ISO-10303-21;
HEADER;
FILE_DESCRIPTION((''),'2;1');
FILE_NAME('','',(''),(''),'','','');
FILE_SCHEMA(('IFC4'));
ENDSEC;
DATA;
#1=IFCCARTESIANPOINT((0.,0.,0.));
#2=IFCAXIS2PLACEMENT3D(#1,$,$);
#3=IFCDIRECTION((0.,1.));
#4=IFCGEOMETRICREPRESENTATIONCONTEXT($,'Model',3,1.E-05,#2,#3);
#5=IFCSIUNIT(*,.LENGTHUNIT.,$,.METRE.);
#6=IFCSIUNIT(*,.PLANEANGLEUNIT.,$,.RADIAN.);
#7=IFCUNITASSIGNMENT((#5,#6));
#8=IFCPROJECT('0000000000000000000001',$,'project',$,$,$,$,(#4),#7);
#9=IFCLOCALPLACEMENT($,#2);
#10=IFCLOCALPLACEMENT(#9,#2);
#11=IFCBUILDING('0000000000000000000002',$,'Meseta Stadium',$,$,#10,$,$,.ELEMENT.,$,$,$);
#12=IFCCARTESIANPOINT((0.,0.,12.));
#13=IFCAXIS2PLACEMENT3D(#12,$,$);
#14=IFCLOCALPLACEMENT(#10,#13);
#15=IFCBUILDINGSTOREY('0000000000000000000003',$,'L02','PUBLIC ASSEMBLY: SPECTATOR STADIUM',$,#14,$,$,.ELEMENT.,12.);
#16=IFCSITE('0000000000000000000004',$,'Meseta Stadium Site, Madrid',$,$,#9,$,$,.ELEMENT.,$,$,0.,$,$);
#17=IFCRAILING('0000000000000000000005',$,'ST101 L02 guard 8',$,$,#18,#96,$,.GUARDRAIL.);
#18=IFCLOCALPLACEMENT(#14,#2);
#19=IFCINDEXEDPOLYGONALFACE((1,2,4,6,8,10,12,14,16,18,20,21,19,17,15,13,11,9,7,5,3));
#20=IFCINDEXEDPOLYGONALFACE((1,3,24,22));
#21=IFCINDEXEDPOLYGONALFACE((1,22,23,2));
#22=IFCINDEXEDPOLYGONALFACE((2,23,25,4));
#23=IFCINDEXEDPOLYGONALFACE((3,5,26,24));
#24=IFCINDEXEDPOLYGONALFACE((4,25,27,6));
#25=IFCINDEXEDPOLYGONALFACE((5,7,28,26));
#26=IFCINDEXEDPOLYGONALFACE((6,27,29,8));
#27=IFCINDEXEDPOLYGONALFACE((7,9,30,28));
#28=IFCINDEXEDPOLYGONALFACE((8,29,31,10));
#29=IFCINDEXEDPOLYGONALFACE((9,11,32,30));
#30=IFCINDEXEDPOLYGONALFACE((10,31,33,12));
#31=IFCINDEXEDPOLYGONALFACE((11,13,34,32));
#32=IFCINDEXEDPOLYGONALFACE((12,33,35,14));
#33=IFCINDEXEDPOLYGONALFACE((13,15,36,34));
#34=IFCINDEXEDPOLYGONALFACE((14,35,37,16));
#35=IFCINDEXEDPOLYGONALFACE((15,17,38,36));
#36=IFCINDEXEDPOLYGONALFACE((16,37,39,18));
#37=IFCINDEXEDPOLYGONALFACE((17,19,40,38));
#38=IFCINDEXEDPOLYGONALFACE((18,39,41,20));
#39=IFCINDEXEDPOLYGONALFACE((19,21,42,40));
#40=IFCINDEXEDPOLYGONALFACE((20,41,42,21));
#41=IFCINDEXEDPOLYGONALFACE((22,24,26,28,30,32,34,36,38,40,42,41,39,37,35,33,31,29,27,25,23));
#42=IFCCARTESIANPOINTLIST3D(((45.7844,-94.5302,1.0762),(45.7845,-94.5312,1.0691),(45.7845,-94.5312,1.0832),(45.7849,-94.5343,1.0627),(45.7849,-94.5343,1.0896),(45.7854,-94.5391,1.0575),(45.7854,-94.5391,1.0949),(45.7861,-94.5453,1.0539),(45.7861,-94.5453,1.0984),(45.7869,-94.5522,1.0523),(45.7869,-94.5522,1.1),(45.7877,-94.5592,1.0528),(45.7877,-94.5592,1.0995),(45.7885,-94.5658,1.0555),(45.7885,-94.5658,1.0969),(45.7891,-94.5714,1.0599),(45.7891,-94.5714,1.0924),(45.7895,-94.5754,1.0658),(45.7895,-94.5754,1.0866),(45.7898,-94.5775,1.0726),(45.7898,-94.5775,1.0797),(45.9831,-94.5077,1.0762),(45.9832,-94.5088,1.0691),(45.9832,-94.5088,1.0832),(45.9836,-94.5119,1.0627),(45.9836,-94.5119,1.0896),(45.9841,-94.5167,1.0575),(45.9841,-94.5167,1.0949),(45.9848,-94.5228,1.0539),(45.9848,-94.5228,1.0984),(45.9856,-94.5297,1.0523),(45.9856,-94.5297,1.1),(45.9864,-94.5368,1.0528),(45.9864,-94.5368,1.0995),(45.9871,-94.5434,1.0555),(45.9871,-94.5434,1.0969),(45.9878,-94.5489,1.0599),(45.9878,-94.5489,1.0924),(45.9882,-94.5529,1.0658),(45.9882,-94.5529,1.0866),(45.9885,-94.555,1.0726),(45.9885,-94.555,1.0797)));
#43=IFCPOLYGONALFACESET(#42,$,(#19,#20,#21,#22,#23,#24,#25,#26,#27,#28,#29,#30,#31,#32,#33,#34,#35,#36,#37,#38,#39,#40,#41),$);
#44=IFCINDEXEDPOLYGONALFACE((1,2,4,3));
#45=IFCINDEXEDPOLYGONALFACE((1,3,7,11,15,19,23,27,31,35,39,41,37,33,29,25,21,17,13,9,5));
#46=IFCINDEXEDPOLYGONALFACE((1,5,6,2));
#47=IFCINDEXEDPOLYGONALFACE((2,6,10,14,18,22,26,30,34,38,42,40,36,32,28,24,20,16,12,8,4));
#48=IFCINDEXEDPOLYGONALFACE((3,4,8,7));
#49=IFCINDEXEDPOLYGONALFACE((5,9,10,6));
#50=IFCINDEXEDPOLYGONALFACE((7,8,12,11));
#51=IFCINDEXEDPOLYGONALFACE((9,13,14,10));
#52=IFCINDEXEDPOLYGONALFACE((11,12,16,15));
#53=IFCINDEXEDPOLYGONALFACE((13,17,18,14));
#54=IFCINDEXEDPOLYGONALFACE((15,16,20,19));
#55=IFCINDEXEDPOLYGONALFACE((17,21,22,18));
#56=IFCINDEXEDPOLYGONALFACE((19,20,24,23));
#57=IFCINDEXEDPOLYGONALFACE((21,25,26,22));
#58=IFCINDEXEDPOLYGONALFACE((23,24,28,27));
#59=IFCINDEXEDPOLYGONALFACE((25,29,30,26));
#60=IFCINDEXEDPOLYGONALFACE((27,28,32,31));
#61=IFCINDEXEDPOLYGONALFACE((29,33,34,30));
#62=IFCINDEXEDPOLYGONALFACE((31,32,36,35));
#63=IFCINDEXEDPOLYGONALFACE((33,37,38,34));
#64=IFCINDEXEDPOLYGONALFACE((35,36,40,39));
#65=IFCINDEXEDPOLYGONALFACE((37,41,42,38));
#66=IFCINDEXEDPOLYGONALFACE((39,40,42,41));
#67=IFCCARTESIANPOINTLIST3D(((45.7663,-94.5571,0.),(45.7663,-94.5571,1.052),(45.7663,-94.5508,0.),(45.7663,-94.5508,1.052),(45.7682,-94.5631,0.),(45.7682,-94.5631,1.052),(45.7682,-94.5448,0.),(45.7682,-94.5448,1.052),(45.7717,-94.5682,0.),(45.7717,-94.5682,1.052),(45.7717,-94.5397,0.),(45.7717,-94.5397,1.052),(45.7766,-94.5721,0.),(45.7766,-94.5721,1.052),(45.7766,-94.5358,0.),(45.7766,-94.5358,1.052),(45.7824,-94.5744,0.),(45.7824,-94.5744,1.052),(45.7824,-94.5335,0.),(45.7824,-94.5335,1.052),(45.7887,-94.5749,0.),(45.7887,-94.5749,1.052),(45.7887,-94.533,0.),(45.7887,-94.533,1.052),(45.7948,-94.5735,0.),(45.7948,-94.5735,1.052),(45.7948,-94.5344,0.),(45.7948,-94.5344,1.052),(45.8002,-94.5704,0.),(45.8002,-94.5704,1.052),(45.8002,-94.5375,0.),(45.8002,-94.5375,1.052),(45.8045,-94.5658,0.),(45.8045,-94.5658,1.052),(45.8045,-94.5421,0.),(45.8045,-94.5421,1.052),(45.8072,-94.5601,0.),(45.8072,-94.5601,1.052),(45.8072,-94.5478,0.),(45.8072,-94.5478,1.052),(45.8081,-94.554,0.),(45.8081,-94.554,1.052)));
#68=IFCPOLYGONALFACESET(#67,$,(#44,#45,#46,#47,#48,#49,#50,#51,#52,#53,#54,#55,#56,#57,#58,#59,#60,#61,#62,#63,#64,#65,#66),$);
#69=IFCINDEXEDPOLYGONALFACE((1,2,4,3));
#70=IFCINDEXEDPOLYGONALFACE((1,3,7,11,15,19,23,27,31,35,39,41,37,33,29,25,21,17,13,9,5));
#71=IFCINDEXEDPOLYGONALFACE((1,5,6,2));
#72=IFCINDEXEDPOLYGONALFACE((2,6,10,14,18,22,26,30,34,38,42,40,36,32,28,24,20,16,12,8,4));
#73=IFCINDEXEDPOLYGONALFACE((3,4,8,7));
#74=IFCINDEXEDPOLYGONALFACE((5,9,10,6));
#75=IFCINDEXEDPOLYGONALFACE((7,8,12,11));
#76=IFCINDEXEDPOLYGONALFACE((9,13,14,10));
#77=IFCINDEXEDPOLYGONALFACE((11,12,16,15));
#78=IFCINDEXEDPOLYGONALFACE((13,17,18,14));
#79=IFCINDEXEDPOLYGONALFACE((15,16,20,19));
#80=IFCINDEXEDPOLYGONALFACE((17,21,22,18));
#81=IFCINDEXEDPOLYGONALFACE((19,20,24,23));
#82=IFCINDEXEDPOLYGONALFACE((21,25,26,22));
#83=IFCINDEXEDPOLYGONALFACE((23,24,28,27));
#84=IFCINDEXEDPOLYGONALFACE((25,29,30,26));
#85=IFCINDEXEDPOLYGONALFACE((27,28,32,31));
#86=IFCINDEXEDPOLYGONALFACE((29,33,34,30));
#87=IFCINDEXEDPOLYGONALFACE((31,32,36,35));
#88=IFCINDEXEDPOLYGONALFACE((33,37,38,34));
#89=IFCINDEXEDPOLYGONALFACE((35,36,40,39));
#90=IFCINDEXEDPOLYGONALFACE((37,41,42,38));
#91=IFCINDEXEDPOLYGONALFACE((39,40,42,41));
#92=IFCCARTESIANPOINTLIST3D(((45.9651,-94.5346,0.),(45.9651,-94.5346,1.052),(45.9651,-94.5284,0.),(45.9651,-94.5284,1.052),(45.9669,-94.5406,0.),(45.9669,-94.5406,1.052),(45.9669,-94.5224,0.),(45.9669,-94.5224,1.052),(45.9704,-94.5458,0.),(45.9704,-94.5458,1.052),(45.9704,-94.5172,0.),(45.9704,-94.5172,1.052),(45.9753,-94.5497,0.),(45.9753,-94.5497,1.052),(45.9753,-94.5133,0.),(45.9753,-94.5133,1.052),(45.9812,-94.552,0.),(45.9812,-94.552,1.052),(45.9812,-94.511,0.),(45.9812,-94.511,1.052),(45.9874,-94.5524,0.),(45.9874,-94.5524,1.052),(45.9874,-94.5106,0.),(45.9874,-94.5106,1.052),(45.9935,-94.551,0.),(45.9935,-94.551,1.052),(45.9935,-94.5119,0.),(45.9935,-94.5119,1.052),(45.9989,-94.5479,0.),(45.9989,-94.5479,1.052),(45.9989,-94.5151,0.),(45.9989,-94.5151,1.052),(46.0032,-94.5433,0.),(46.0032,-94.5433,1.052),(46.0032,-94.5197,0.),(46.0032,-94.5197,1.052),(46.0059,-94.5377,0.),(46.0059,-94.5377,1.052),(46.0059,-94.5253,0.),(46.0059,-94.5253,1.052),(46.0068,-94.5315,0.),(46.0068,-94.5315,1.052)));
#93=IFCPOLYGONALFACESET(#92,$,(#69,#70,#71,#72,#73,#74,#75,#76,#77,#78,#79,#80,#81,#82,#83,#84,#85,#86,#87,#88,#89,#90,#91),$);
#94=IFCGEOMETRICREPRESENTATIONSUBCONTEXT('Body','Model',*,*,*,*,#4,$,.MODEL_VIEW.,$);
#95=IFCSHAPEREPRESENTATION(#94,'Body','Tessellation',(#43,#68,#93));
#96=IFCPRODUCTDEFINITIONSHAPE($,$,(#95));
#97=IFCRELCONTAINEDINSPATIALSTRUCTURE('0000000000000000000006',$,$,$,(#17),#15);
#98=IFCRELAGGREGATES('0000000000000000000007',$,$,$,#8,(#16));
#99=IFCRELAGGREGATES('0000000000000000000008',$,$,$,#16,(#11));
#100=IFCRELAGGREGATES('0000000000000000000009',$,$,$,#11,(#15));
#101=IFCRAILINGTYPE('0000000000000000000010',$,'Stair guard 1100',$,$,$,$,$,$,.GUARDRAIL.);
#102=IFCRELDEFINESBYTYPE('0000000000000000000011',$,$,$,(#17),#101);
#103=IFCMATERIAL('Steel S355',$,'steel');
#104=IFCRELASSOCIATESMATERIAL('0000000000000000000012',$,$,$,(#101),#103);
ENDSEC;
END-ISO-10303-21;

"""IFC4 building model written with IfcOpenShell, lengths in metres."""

from ifc_helpers import new_model, si_unit, direction, frame, origin, origin_2d, place, context, subcontext, project, spatial, circle, extrude, material, type_object, element, save


model = new_model("IFC4")

# Units and contexts
model_context = context("Model", 3, precision=1e-05, world=origin(), true_north=direction((0.0, 1.0)))
body_context = subcontext(model_context, "Body", "Model", "MODEL_VIEW")
ifc_project = project(units=[si_unit("LENGTHUNIT", "METRE"), si_unit("PLANEANGLEUNIT", "RADIAN")], contexts=[model_context])

# Site, building, storey
site_placement = place(None, origin())
site = spatial("IfcSite", under=ifc_project, at=site_placement, Name="Meseta Stadium Site, Madrid", CompositionType="ELEMENT", RefElevation=0.0)
building_placement = place(site_placement, origin())
building = spatial("IfcBuilding", under=site, at=building_placement, Name="Meseta Stadium", CompositionType="ELEMENT")
storey_placement = place(building_placement, frame((0.0, 0.0, 12.0)))
storey = spatial("IfcBuildingStorey", under=building, at=storey_placement, Name="L02", Description="PUBLIC ASSEMBLY: SPECTATOR STADIUM", CompositionType="ELEMENT", Elevation=12.0)

# Railing
ifc_material_1 = material(Name="Steel S355", Category="steel")
railing_type_1 = type_object("IfcRailingType", Name="Stair guard 1100", PredefinedType="GUARDRAIL", material=ifc_material_1)
railing_1_placement = place(storey_placement, frame((45.7871, -94.554, 0.0)))
element("IfcRailing", 1, at=railing_1_placement, inside=storey, type_object=railing_type_1, Name="ST101 L02 guard 8", PredefinedType="GUARDRAIL", context=body_context, shape_type="SweptSolid", body=[
    extrude(circle(Radius=0.0239, at=origin_2d()), frame((0.0, 0.0, 1.0762), z_axis=(0.993674, 0.112307, 0.0), x_axis=(-0.112307, 0.993674, 0.0)), (0.0, 0.0, 1.0), 0.2),
    extrude(circle(Radius=0.021, at=origin_2d()), origin(), (0.0, 0.0, 1.0), 1.052),
    extrude(circle(Radius=0.021, at=origin_2d()), frame((0.1987, 0.0225, 0.0)), (0.0, 0.0, 1.0), 1.052),
])

save(model, "model.ifc")
